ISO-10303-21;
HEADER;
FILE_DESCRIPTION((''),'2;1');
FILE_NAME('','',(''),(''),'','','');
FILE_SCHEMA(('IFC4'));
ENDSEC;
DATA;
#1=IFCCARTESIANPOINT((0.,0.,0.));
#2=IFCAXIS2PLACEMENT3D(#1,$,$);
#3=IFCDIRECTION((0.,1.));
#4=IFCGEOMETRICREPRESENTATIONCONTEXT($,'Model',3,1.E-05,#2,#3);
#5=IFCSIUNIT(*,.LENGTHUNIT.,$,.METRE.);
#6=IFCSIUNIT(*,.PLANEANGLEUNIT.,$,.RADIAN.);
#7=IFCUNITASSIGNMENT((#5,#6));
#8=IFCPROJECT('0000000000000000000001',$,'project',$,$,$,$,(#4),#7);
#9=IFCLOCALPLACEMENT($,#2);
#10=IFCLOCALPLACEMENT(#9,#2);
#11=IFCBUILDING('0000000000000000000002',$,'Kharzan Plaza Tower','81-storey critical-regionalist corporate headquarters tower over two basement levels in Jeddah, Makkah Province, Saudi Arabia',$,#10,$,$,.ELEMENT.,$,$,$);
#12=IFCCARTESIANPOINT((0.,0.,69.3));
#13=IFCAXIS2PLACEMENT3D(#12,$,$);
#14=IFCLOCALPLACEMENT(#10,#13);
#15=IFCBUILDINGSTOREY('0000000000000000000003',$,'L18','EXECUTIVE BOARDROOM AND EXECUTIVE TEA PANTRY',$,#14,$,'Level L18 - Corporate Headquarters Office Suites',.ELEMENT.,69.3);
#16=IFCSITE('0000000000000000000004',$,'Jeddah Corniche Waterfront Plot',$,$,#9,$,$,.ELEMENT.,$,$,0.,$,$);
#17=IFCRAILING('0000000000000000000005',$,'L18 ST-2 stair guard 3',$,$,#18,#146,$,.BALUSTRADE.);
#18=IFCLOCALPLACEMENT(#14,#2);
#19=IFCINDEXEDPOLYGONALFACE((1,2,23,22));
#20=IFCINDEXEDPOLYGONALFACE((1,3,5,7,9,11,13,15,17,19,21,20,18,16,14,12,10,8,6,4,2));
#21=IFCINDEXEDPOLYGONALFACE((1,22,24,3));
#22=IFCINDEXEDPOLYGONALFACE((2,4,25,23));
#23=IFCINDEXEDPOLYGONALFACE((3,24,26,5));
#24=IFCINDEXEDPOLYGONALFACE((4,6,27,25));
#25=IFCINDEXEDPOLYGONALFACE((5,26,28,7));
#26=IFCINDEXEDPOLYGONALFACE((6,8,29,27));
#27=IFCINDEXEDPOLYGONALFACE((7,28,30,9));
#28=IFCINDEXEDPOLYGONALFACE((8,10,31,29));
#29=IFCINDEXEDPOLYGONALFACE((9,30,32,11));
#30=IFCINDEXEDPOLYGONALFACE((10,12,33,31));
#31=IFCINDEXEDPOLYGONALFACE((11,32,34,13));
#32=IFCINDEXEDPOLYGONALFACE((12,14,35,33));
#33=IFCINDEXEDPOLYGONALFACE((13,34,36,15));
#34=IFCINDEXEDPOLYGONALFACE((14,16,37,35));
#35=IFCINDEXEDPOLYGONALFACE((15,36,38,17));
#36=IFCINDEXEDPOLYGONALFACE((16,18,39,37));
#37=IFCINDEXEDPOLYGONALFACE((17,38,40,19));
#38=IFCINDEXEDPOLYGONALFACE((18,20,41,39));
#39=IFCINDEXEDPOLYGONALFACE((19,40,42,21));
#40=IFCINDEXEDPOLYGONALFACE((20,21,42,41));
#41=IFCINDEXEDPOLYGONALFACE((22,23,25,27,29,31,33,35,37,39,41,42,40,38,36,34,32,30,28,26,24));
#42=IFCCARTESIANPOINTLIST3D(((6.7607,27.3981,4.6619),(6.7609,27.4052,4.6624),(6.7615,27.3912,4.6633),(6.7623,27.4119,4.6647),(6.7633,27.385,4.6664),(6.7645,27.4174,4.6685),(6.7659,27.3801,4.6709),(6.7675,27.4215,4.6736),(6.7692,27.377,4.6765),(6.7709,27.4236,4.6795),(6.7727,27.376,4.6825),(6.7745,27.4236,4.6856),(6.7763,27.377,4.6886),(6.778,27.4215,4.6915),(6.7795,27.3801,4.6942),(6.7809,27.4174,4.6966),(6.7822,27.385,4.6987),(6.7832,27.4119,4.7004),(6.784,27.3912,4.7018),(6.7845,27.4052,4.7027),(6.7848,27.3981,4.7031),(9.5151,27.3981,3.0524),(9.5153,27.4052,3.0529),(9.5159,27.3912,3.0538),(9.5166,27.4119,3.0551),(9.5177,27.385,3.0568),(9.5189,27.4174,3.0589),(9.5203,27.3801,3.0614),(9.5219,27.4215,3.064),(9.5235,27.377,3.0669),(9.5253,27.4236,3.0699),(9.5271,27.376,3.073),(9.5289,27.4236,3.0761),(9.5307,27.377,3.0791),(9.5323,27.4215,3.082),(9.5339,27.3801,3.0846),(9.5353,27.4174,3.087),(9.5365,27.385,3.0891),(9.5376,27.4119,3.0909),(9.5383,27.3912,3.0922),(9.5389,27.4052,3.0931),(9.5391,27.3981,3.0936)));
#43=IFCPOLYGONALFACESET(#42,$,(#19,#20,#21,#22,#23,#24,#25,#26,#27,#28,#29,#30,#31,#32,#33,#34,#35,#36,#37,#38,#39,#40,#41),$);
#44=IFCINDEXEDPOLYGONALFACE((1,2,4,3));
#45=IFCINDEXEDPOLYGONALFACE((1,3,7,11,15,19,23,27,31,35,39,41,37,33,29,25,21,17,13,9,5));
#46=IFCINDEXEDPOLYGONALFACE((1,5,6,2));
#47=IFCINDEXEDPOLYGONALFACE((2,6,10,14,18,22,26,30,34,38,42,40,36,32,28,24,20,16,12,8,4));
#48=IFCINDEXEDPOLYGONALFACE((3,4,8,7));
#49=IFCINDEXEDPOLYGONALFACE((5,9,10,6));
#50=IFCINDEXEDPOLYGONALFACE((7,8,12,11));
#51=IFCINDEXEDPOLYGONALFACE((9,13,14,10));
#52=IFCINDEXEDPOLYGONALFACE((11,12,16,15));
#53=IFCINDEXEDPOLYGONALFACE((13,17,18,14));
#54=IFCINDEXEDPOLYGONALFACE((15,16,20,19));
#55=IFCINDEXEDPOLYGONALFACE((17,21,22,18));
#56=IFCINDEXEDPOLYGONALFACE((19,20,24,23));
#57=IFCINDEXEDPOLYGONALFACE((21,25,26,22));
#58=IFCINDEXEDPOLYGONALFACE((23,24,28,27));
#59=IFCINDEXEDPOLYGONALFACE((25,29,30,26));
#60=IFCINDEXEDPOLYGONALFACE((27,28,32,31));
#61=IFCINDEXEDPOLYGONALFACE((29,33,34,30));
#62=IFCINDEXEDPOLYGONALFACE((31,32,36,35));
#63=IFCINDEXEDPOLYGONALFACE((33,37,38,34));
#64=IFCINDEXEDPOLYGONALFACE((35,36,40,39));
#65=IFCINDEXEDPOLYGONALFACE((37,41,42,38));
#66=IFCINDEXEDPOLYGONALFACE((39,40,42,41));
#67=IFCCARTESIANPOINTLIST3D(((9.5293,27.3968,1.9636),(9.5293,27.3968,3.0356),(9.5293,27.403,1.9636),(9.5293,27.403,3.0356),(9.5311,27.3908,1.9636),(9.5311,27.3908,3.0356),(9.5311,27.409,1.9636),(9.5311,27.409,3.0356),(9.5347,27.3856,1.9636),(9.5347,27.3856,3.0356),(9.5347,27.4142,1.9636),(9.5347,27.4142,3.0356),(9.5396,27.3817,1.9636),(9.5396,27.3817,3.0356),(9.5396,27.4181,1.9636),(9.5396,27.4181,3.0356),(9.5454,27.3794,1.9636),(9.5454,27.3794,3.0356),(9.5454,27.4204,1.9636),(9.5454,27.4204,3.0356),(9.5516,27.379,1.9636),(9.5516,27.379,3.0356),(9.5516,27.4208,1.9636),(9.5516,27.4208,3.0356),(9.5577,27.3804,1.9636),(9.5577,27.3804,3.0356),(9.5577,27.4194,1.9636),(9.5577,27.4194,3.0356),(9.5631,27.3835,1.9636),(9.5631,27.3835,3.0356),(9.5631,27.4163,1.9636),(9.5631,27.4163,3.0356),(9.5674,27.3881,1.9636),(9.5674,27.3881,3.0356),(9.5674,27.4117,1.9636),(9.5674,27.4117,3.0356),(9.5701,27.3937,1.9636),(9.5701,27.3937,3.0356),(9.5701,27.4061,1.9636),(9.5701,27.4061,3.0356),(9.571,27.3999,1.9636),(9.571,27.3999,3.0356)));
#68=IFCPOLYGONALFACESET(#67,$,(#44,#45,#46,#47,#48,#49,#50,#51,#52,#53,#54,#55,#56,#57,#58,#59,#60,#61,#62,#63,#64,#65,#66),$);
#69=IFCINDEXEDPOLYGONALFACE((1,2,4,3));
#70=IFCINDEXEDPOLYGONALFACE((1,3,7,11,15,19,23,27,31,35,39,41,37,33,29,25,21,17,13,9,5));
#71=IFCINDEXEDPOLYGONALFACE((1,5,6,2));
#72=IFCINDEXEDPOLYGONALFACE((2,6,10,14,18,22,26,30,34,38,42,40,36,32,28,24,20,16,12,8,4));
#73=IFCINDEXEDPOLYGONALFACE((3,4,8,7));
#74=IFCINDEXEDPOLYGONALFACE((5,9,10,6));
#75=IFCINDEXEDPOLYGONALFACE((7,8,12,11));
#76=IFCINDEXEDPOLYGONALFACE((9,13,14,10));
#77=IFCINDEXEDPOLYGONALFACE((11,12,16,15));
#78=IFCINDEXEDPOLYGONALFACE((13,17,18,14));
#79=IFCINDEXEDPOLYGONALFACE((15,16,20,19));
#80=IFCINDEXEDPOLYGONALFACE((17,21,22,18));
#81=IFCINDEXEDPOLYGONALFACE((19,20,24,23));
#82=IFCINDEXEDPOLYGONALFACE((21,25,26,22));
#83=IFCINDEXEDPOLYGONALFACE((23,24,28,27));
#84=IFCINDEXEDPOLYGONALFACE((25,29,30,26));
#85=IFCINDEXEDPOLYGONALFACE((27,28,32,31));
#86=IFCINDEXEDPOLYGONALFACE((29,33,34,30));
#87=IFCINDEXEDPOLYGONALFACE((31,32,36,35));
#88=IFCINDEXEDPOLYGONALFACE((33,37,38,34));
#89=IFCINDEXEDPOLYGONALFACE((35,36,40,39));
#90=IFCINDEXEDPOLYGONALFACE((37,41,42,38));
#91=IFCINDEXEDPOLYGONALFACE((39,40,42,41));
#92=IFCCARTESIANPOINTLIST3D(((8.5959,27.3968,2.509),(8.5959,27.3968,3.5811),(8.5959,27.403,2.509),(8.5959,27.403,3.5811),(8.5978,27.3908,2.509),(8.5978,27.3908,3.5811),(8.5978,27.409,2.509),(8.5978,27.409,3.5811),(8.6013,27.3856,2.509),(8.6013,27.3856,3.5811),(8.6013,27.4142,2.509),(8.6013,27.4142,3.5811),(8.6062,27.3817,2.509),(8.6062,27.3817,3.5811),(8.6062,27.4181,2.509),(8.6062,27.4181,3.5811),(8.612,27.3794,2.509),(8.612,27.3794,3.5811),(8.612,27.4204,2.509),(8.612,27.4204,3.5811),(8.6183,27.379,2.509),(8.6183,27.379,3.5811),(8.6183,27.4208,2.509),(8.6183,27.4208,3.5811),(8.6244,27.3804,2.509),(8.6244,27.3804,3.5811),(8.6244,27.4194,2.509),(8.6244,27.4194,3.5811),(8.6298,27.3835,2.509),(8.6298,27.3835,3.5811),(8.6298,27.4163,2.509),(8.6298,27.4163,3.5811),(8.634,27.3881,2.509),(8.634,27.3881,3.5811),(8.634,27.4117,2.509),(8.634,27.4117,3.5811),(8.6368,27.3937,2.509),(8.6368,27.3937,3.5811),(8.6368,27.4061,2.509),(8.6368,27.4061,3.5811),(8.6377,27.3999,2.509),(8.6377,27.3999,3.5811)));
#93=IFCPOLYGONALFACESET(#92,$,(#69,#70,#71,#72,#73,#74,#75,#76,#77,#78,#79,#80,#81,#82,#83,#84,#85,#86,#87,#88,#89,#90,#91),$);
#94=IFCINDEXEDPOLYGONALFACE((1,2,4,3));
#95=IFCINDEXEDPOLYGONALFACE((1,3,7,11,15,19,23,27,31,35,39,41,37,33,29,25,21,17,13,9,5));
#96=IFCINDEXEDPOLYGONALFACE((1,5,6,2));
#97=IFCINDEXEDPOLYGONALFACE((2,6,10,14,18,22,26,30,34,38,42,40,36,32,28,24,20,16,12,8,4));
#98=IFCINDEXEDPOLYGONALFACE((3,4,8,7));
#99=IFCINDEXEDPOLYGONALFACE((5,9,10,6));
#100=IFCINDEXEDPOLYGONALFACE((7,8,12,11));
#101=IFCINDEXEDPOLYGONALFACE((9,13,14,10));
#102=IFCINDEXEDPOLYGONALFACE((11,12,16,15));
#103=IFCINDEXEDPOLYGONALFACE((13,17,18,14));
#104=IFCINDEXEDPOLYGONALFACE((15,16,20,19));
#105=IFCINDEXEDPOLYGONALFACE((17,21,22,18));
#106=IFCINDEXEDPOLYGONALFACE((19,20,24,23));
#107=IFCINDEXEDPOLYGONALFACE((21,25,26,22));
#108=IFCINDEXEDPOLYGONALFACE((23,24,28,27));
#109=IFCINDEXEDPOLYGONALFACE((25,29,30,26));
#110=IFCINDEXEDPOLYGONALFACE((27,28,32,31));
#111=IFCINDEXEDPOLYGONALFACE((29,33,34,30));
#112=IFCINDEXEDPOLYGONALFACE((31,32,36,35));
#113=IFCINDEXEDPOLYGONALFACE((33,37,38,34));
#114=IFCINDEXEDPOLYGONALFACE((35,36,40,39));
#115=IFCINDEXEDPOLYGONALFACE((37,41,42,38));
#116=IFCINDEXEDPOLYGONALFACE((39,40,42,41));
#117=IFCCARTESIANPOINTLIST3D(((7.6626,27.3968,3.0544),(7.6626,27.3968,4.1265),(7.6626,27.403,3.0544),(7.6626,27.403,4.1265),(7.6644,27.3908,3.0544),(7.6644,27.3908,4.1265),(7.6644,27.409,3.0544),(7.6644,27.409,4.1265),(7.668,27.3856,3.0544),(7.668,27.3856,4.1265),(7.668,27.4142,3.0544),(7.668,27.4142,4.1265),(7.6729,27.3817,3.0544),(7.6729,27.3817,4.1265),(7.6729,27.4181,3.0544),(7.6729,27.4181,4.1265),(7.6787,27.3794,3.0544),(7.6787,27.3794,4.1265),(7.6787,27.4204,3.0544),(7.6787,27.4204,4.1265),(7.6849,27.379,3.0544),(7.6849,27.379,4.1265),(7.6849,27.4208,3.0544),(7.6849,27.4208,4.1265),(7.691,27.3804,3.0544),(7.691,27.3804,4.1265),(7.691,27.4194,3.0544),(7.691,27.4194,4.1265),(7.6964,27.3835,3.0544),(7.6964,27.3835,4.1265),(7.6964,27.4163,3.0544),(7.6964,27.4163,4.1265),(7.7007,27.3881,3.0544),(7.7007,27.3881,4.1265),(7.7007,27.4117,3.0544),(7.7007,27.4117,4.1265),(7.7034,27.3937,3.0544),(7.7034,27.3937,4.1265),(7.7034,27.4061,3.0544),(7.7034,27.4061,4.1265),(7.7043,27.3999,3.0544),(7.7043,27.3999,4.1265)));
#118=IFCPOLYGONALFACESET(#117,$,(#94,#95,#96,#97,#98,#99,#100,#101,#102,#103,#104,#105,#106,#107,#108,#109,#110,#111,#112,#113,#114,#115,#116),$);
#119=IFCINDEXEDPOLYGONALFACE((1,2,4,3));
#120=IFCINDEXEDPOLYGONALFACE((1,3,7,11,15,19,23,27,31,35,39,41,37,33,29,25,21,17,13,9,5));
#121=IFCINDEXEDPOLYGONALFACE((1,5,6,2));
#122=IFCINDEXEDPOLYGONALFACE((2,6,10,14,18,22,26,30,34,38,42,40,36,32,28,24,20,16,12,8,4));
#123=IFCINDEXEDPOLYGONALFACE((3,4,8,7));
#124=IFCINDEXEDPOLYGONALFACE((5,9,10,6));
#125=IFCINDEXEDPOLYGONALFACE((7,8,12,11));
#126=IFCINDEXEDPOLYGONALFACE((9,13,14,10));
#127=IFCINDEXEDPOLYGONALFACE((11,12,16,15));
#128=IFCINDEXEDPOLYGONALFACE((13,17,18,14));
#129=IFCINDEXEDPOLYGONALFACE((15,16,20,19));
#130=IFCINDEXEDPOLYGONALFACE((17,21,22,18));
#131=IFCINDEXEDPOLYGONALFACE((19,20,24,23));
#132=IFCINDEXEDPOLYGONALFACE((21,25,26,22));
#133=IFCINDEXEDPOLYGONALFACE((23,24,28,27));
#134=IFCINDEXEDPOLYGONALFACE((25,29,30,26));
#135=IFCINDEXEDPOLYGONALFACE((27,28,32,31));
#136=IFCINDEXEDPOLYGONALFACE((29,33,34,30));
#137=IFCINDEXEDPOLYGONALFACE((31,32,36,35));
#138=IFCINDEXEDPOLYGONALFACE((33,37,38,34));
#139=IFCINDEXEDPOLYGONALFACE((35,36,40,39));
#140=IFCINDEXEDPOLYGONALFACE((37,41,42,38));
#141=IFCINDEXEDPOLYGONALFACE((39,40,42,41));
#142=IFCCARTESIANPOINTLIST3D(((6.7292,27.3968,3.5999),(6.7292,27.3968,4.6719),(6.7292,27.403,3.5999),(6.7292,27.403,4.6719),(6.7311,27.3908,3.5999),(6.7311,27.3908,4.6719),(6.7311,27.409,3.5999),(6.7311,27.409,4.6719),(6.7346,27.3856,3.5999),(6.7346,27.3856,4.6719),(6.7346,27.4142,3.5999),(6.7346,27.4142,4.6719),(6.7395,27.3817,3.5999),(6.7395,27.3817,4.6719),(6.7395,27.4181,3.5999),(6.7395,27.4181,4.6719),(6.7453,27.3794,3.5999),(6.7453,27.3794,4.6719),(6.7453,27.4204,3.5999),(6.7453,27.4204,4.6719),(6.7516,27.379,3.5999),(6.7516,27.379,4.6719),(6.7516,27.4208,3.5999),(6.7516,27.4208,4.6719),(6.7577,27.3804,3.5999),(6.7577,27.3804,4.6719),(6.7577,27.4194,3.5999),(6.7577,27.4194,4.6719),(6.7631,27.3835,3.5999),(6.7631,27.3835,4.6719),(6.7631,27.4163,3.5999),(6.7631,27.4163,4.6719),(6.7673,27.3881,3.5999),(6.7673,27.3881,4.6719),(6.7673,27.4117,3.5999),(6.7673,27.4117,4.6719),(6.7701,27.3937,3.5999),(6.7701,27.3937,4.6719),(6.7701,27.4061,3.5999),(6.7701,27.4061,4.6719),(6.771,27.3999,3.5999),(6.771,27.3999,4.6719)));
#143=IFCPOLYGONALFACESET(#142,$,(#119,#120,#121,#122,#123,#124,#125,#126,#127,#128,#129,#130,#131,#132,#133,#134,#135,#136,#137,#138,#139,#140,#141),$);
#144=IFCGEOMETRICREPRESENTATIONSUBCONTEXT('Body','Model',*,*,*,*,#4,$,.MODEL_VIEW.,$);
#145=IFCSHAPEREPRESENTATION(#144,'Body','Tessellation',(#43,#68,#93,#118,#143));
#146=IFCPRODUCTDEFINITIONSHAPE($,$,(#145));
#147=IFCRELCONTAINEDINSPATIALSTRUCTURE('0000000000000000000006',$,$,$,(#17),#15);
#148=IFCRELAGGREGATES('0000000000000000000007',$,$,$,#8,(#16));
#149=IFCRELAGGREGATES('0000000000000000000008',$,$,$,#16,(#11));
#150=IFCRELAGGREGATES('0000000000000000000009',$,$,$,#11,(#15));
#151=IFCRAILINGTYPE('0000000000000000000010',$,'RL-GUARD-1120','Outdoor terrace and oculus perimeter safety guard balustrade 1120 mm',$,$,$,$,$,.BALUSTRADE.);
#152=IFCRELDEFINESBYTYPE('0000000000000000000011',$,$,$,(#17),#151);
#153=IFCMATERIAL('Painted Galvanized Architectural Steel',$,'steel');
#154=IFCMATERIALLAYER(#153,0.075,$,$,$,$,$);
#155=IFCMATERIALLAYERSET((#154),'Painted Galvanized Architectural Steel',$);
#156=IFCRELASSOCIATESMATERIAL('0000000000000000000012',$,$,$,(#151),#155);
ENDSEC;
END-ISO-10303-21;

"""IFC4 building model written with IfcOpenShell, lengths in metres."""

from ifc_helpers import new_model, si_unit, direction, frame, origin, origin_2d, place, context, subcontext, project, spatial, circle, extrude, source, transform, mapped, material, layer, layer_set, type_object, element, save


model = new_model("IFC4")

# Units and contexts
model_context = context("Model", 3, precision=1e-05, world=origin(), true_north=direction((0.0, 1.0)))
body_context = subcontext(model_context, "Body", "Model", "MODEL_VIEW")
ifc_project = project(units=[si_unit("LENGTHUNIT", "METRE"), si_unit("PLANEANGLEUNIT", "RADIAN")], contexts=[model_context])

# Site, building, storey
site_placement = place(None, origin())
site = spatial("IfcSite", under=ifc_project, at=site_placement, Name="Jeddah Corniche Waterfront Plot", CompositionType="ELEMENT", RefElevation=0.0)
building_placement = place(site_placement, origin())
building = spatial("IfcBuilding", under=site, at=building_placement, Name="Kharzan Plaza Tower", Description="81-storey critical-regionalist corporate headquarters tower over two basement levels in Jeddah, Makkah Province, Saudi Arabia", CompositionType="ELEMENT")
storey_placement = place(building_placement, frame((0.0, 0.0, 69.3)))
storey = spatial("IfcBuildingStorey", under=building, at=storey_placement, Name="L18", Description="EXECUTIVE BOARDROOM AND EXECUTIVE TEA PANTRY", LongName="Level L18 - Corporate Headquarters Office Suites", CompositionType="ELEMENT", Elevation=69.3)

# Railing
ifc_material_1 = material(Name="Painted Galvanized Architectural Steel", Category="steel")
ifc_layer_1 = layer(ifc_material_1, 0.075)
ifc_layer_set_1 = layer_set([ifc_layer_1], Name="Painted Galvanized Architectural Steel")
railing_type_1 = type_object("IfcRailingType", Name="RL-GUARD-1120", Description="Outdoor terrace and oculus perimeter safety guard balustrade 1120 mm", PredefinedType="BALUSTRADE", material=ifc_layer_set_1)
shared_shape_1 = source(origin(), body_context, "Body", "SweptSolid", [
    extrude(circle(Radius=0.0239, at=origin_2d()), frame((-0.0229, 0.0, 1.1094), z_axis=(-0.863394, 0.0, 0.504531), x_axis=(0.0, -1.0, 0.0)), (0.0, 0.0, 1.0), 3.1902),
    extrude(circle(Radius=0.021, at=origin_2d()), origin(), (0.0, 0.0, 1.0), 1.072),
    extrude(circle(Radius=0.021, at=origin_2d()), frame((-0.9333, 0.0, 0.5454)), (0.0, 0.0, 1.0), 1.072),
    extrude(circle(Radius=0.021, at=origin_2d()), frame((-1.8667, 0.0, 1.0908)), (0.0, 0.0, 1.0), 1.072),
    extrude(circle(Radius=0.021, at=origin_2d()), frame((-2.8, 0.0, 1.6362)), (0.0, 0.0, 1.0), 1.072),
])
railing_1_placement = place(storey_placement, frame((9.55, 27.3999, 1.9636)))
element("IfcRailing", 1, at=railing_1_placement, inside=storey, type_object=railing_type_1, Name="L18 ST-2 stair guard 3", PredefinedType="BALUSTRADE", context=body_context, shape_type="MappedRepresentation", body=[
    mapped(shared_shape_1, transform((0.0, 0.0, 0.0), x_axis=(1.0, 0.0, 0.0), y_axis=(0.0, 1.0, 0.0), z_axis=(0.0, 0.0, 1.0))),
])

save(model, "model.ifc")
